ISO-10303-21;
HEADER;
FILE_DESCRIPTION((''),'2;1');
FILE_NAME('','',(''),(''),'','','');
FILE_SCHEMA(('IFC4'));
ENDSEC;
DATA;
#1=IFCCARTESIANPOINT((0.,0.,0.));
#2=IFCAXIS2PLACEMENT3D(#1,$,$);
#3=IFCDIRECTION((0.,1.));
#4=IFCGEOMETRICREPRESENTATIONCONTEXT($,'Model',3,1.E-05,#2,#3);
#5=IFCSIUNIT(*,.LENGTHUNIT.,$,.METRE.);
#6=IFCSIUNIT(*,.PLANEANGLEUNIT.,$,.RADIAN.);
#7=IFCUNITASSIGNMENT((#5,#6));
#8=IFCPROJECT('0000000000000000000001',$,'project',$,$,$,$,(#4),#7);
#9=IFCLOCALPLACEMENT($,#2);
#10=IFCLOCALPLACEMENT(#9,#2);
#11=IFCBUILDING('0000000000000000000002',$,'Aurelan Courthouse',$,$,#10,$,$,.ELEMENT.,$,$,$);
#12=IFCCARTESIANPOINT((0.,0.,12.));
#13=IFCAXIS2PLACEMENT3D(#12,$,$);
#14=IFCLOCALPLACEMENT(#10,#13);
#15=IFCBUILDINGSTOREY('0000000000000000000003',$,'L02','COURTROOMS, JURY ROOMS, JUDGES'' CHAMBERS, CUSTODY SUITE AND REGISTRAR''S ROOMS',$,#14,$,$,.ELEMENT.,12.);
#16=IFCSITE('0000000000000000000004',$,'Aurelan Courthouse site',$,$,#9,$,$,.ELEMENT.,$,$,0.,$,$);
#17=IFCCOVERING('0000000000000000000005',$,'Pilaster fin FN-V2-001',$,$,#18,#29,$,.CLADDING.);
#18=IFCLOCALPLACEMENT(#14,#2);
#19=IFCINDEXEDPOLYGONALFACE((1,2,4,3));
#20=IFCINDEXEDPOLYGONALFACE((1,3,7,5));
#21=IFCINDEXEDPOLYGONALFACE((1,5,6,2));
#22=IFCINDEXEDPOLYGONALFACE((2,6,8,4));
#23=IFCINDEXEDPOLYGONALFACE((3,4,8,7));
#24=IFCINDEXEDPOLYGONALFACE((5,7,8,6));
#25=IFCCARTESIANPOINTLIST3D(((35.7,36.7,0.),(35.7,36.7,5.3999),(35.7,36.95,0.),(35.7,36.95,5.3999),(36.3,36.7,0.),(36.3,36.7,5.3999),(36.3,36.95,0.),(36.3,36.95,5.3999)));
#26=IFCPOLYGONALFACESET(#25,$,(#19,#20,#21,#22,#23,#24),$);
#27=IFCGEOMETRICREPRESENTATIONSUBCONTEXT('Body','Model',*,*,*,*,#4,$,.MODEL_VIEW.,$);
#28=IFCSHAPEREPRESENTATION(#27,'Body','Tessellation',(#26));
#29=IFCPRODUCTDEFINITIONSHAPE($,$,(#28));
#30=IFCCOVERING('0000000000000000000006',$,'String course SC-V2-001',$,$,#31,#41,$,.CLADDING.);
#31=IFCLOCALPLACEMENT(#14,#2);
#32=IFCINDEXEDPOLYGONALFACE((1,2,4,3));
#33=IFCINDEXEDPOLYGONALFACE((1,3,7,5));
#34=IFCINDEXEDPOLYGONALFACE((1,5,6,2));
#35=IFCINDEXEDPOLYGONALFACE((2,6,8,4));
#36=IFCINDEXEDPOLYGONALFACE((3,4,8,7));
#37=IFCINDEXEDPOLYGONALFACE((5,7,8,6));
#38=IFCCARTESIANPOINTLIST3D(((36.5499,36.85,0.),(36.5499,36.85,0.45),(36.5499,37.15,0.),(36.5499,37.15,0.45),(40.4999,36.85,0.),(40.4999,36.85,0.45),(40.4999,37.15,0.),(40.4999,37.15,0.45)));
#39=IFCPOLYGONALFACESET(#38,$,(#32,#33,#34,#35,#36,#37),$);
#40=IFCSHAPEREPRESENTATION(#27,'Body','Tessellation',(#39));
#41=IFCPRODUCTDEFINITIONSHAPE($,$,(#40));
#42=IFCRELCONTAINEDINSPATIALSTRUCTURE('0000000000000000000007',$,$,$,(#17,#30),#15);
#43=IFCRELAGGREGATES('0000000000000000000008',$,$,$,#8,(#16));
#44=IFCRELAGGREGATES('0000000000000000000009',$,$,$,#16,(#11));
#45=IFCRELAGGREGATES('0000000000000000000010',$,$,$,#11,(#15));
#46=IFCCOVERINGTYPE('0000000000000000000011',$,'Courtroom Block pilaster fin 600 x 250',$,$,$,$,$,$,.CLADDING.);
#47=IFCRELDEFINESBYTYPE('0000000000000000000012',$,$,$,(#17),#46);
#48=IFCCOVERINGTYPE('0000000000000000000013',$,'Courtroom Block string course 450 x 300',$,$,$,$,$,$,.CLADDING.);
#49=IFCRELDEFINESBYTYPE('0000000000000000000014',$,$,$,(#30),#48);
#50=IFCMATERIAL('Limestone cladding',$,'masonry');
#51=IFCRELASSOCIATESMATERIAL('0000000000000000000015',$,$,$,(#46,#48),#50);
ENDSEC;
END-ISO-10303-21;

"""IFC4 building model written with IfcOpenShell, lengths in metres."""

from ifc_helpers import new_model, si_unit, direction, frame, origin, origin_2d, place, context, subcontext, project, spatial, rectangle, extrude, material, type_object, element, save


model = new_model("IFC4")

# Units and contexts
model_context = context("Model", 3, precision=1e-05, world=origin(), true_north=direction((0.0, 1.0)))
body_context = subcontext(model_context, "Body", "Model", "MODEL_VIEW")
ifc_project = project(units=[si_unit("LENGTHUNIT", "METRE"), si_unit("PLANEANGLEUNIT", "RADIAN")], contexts=[model_context])

# Site, building, storey
site_placement = place(None, origin())
site = spatial("IfcSite", under=ifc_project, at=site_placement, Name="Aurelan Courthouse site", CompositionType="ELEMENT", RefElevation=0.0)
building_placement = place(site_placement, origin())
building = spatial("IfcBuilding", under=site, at=building_placement, Name="Aurelan Courthouse", CompositionType="ELEMENT")
storey_placement = place(building_placement, frame((0.0, 0.0, 12.0)))
storey = spatial("IfcBuildingStorey", under=building, at=storey_placement, Name="L02", Description="COURTROOMS, JURY ROOMS, JUDGES' CHAMBERS, CUSTODY SUITE AND REGISTRAR'S ROOMS", CompositionType="ELEMENT", Elevation=12.0)

# Shared definitions
ifc_material_1 = material(Name="Limestone cladding", Category="masonry")

# Coverings
covering_type_1 = type_object("IfcCoveringType", Name="Courtroom Block pilaster fin 600 x 250", PredefinedType="CLADDING", material=ifc_material_1)
covering_1_placement = place(storey_placement, frame((36.0, 36.825, 0.0), z_axis=(0.0, 0.0, 1.0), x_axis=(1.0, 0.0, 0.0)))
element("IfcCovering", 1, at=covering_1_placement, inside=storey, type_object=covering_type_1, Name="Pilaster fin FN-V2-001", PredefinedType="CLADDING", context=body_context, shape_type="SweptSolid", body=[
    extrude(rectangle(XDim=0.6001, YDim=0.25, at=origin_2d()), origin(), (0.0, 0.0, 1.0), 5.3999),
])
covering_type_2 = type_object("IfcCoveringType", Name="Courtroom Block string course 450 x 300", PredefinedType="CLADDING", material=ifc_material_1)
covering_2_placement = place(storey_placement, frame((38.5249, 37.0, 0.0), z_axis=(0.0, 0.0, 1.0), x_axis=(1.0, 0.0, 0.0)))
element("IfcCovering", 2, at=covering_2_placement, inside=storey, type_object=covering_type_2, Name="String course SC-V2-001", PredefinedType="CLADDING", context=body_context, shape_type="SweptSolid", body=[
    extrude(rectangle(XDim=3.95, YDim=0.3, at=origin_2d()), origin(), (0.0, 0.0, 1.0), 0.45),
])

save(model, "model.ifc")
